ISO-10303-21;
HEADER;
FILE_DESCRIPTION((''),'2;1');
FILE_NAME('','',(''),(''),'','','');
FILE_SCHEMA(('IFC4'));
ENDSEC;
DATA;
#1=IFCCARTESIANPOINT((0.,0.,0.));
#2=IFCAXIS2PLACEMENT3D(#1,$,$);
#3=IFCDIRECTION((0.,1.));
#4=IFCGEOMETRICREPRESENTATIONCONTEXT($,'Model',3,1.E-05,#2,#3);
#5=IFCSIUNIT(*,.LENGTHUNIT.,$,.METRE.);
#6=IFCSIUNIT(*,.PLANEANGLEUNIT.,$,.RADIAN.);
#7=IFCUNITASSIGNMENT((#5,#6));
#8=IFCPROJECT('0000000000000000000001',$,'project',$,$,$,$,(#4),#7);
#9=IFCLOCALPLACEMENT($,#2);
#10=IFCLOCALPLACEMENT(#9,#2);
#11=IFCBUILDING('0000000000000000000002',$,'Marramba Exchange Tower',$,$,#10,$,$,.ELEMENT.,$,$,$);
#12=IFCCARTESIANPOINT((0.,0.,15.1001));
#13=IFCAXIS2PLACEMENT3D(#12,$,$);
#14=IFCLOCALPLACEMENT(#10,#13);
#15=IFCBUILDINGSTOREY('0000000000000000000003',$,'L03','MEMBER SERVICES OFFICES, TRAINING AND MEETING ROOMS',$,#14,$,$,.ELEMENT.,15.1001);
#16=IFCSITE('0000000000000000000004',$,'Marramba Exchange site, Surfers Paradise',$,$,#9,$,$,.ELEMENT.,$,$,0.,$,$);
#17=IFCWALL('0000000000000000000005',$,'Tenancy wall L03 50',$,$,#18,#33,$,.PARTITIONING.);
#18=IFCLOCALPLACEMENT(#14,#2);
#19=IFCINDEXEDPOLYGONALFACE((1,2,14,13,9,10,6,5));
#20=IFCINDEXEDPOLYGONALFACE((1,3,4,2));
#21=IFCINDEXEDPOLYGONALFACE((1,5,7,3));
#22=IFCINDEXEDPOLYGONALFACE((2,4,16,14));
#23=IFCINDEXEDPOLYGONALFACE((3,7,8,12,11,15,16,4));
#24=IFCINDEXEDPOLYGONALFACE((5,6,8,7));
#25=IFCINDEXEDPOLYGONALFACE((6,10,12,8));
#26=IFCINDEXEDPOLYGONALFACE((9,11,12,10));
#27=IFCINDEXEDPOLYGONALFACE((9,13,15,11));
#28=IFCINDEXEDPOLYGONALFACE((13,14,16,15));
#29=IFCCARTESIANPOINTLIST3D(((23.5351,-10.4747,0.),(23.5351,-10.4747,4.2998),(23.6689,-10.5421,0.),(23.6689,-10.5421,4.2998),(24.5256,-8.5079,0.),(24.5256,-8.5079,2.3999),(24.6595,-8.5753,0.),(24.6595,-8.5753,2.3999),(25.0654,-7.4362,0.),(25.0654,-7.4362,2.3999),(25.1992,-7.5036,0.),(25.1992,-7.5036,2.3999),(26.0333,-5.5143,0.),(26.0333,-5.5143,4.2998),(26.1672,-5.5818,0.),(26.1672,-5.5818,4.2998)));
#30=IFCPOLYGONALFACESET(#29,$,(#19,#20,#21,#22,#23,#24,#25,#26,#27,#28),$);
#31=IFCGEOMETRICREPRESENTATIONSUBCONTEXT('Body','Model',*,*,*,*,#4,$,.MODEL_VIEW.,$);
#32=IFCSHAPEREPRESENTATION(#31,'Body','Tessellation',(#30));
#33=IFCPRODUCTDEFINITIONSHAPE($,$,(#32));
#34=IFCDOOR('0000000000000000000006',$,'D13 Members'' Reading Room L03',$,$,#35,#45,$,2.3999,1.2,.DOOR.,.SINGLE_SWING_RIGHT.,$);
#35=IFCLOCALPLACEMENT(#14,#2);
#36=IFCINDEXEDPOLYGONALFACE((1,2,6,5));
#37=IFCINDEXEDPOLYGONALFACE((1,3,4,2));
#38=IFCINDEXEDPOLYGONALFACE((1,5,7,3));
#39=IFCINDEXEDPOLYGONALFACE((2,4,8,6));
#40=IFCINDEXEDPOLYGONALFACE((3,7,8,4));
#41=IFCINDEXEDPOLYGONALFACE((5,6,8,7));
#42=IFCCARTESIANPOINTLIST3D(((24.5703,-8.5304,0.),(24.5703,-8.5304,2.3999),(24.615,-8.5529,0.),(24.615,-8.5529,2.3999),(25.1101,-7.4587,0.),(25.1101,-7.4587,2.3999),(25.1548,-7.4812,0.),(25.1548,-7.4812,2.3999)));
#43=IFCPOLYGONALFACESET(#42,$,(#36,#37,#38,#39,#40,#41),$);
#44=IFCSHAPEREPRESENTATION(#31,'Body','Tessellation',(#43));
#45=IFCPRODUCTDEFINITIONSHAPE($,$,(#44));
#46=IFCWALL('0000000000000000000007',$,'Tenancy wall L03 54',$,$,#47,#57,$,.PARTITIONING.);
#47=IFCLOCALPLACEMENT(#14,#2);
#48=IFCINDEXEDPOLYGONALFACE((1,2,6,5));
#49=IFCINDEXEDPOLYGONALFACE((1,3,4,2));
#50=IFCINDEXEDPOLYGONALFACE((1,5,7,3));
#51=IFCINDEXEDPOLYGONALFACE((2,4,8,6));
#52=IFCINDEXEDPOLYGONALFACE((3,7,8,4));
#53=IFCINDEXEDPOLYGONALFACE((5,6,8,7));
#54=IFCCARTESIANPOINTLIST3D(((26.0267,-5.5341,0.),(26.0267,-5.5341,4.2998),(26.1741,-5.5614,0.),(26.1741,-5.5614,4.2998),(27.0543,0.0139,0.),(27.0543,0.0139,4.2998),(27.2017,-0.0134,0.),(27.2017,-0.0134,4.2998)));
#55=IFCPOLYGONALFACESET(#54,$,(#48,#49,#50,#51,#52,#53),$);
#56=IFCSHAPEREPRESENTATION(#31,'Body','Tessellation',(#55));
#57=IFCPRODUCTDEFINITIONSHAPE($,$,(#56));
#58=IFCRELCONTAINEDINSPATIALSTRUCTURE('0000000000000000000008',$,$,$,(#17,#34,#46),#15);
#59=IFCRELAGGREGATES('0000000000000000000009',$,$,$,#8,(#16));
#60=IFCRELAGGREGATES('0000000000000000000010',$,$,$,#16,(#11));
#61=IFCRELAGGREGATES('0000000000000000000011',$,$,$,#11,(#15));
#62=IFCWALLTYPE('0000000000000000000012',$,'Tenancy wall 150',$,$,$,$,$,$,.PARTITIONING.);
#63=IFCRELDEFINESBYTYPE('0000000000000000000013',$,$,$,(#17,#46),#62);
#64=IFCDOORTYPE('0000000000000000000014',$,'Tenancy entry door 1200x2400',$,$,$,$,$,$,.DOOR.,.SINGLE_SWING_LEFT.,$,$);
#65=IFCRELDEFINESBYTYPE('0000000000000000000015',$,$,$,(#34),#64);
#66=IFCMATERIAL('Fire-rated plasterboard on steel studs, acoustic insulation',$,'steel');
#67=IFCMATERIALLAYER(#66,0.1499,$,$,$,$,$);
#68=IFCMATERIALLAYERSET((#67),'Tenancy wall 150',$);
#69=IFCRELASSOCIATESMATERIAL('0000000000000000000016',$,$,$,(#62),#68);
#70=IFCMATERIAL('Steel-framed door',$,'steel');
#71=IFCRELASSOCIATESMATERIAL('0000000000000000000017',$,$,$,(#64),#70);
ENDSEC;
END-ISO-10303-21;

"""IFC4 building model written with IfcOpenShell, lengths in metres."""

from ifc_helpers import new_model, si_unit, direction, frame, frame_2d, origin, place, context, subcontext, project, spatial, rectangle, extrude, material, layer, layer_set, type_object, element, fill, save


model = new_model("IFC4")

# Units and contexts
model_context = context("Model", 3, precision=1e-05, world=origin(), true_north=direction((0.0, 1.0)))
body_context = subcontext(model_context, "Body", "Model", "MODEL_VIEW")
ifc_project = project(units=[si_unit("LENGTHUNIT", "METRE"), si_unit("PLANEANGLEUNIT", "RADIAN")], contexts=[model_context])

# Site, building, storey
site_placement = place(None, origin())
site = spatial("IfcSite", under=ifc_project, at=site_placement, Name="Marramba Exchange site, Surfers Paradise", CompositionType="ELEMENT", RefElevation=0.0)
building_placement = place(site_placement, origin())
building = spatial("IfcBuilding", under=site, at=building_placement, Name="Marramba Exchange Tower", CompositionType="ELEMENT")
storey_placement = place(building_placement, frame((0.0, 0.0, 15.1001)))
storey = spatial("IfcBuildingStorey", under=building, at=storey_placement, Name="L03", Description="MEMBER SERVICES OFFICES, TRAINING AND MEETING ROOMS", CompositionType="ELEMENT", Elevation=15.1001)

# Shared definitions
ifc_material_1 = material(Name="Steel-framed door", Category="steel")

# Shared definitions
ifc_material_2 = material(Name="Fire-rated plasterboard on steel studs, acoustic insulation", Category="steel")
ifc_layer_1 = layer(ifc_material_2, 0.1499)
ifc_layer_set_1 = layer_set([ifc_layer_1], Name="Tenancy wall 150")
wall_type_1 = type_object("IfcWallType", Name="Tenancy wall 150", PredefinedType="PARTITIONING", material=ifc_layer_set_1)

# Wall, opening, door
door_type_1 = type_object("IfcDoorType", Name="Tenancy entry door 1200x2400", OperationType="SINGLE_SWING_LEFT", PredefinedType="DOOR", material=ifc_material_1)
wall_1_placement = place(storey_placement, frame((23.6021, -10.5083, 0.0), z_axis=(0.0, 0.0, 1.0), x_axis=(0.449814, 0.893122, 0.0)))
wall_1 = element("IfcWall", 1, at=wall_1_placement, inside=storey, type_object=wall_type_1, Name="Tenancy wall L03 50", PredefinedType="PARTITIONING", context=body_context, shape_type="SweptSolid", body=[
    extrude(rectangle(XDim=5.554, YDim=0.1499, at=frame_2d((2.7769, 0.0))), origin(), (0.0, 0.0, 1.0), 4.2998),
])
opening_1_placement = place(wall_1_placement, frame((2.2019, 0.0, 0.0)))
opening_1 = element("IfcOpeningElement", 2, at=opening_1_placement, cuts=wall_1, PredefinedType="OPENING", context=body_context, shape_type="SweptSolid", body=[
    extrude(rectangle(XDim=1.2, YDim=2.3999, at=frame_2d((0.6001, 1.2))), frame((0.0, 0.085, 0.0), z_axis=(0.0, -1.0, 0.0), x_axis=(1.0, 0.0, 0.0)), (0.0, 0.0, 1.0), 0.1699),
])
door_1_placement = place(opening_1_placement, origin())
door_1 = element("IfcDoor", 3, at=door_1_placement, inside=storey, type_object=door_type_1, Name="D13 Members' Reading Room L03", OperationType="SINGLE_SWING_RIGHT", OverallHeight=2.3999, OverallWidth=1.2, PredefinedType="DOOR", context=body_context, shape_type="SweptSolid", body=[
    extrude(rectangle(XDim=1.2, YDim=2.3999, at=frame_2d((0.6001, 1.2))), frame((0.0, 0.0249, 0.0), z_axis=(0.0, -1.0, 0.0), x_axis=(1.0, 0.0, 0.0)), (0.0, 0.0, 1.0), 0.05),
])
fill(opening_1, door_1)

# Wall
wall_2_placement = place(storey_placement, frame((26.1003, -5.5479, 0.0), z_axis=(0.0, 0.0, 1.0), x_axis=(0.182125, 0.983275, 0.0)))
element("IfcWall", 4, at=wall_2_placement, inside=storey, type_object=wall_type_1, Name="Tenancy wall L03 54", PredefinedType="PARTITIONING", context=body_context, shape_type="SweptSolid", body=[
    extrude(rectangle(XDim=5.6423, YDim=0.1499, at=frame_2d((2.8213, 0.0))), origin(), (0.0, 0.0, 1.0), 4.2998),
])

save(model, "model.ifc")
